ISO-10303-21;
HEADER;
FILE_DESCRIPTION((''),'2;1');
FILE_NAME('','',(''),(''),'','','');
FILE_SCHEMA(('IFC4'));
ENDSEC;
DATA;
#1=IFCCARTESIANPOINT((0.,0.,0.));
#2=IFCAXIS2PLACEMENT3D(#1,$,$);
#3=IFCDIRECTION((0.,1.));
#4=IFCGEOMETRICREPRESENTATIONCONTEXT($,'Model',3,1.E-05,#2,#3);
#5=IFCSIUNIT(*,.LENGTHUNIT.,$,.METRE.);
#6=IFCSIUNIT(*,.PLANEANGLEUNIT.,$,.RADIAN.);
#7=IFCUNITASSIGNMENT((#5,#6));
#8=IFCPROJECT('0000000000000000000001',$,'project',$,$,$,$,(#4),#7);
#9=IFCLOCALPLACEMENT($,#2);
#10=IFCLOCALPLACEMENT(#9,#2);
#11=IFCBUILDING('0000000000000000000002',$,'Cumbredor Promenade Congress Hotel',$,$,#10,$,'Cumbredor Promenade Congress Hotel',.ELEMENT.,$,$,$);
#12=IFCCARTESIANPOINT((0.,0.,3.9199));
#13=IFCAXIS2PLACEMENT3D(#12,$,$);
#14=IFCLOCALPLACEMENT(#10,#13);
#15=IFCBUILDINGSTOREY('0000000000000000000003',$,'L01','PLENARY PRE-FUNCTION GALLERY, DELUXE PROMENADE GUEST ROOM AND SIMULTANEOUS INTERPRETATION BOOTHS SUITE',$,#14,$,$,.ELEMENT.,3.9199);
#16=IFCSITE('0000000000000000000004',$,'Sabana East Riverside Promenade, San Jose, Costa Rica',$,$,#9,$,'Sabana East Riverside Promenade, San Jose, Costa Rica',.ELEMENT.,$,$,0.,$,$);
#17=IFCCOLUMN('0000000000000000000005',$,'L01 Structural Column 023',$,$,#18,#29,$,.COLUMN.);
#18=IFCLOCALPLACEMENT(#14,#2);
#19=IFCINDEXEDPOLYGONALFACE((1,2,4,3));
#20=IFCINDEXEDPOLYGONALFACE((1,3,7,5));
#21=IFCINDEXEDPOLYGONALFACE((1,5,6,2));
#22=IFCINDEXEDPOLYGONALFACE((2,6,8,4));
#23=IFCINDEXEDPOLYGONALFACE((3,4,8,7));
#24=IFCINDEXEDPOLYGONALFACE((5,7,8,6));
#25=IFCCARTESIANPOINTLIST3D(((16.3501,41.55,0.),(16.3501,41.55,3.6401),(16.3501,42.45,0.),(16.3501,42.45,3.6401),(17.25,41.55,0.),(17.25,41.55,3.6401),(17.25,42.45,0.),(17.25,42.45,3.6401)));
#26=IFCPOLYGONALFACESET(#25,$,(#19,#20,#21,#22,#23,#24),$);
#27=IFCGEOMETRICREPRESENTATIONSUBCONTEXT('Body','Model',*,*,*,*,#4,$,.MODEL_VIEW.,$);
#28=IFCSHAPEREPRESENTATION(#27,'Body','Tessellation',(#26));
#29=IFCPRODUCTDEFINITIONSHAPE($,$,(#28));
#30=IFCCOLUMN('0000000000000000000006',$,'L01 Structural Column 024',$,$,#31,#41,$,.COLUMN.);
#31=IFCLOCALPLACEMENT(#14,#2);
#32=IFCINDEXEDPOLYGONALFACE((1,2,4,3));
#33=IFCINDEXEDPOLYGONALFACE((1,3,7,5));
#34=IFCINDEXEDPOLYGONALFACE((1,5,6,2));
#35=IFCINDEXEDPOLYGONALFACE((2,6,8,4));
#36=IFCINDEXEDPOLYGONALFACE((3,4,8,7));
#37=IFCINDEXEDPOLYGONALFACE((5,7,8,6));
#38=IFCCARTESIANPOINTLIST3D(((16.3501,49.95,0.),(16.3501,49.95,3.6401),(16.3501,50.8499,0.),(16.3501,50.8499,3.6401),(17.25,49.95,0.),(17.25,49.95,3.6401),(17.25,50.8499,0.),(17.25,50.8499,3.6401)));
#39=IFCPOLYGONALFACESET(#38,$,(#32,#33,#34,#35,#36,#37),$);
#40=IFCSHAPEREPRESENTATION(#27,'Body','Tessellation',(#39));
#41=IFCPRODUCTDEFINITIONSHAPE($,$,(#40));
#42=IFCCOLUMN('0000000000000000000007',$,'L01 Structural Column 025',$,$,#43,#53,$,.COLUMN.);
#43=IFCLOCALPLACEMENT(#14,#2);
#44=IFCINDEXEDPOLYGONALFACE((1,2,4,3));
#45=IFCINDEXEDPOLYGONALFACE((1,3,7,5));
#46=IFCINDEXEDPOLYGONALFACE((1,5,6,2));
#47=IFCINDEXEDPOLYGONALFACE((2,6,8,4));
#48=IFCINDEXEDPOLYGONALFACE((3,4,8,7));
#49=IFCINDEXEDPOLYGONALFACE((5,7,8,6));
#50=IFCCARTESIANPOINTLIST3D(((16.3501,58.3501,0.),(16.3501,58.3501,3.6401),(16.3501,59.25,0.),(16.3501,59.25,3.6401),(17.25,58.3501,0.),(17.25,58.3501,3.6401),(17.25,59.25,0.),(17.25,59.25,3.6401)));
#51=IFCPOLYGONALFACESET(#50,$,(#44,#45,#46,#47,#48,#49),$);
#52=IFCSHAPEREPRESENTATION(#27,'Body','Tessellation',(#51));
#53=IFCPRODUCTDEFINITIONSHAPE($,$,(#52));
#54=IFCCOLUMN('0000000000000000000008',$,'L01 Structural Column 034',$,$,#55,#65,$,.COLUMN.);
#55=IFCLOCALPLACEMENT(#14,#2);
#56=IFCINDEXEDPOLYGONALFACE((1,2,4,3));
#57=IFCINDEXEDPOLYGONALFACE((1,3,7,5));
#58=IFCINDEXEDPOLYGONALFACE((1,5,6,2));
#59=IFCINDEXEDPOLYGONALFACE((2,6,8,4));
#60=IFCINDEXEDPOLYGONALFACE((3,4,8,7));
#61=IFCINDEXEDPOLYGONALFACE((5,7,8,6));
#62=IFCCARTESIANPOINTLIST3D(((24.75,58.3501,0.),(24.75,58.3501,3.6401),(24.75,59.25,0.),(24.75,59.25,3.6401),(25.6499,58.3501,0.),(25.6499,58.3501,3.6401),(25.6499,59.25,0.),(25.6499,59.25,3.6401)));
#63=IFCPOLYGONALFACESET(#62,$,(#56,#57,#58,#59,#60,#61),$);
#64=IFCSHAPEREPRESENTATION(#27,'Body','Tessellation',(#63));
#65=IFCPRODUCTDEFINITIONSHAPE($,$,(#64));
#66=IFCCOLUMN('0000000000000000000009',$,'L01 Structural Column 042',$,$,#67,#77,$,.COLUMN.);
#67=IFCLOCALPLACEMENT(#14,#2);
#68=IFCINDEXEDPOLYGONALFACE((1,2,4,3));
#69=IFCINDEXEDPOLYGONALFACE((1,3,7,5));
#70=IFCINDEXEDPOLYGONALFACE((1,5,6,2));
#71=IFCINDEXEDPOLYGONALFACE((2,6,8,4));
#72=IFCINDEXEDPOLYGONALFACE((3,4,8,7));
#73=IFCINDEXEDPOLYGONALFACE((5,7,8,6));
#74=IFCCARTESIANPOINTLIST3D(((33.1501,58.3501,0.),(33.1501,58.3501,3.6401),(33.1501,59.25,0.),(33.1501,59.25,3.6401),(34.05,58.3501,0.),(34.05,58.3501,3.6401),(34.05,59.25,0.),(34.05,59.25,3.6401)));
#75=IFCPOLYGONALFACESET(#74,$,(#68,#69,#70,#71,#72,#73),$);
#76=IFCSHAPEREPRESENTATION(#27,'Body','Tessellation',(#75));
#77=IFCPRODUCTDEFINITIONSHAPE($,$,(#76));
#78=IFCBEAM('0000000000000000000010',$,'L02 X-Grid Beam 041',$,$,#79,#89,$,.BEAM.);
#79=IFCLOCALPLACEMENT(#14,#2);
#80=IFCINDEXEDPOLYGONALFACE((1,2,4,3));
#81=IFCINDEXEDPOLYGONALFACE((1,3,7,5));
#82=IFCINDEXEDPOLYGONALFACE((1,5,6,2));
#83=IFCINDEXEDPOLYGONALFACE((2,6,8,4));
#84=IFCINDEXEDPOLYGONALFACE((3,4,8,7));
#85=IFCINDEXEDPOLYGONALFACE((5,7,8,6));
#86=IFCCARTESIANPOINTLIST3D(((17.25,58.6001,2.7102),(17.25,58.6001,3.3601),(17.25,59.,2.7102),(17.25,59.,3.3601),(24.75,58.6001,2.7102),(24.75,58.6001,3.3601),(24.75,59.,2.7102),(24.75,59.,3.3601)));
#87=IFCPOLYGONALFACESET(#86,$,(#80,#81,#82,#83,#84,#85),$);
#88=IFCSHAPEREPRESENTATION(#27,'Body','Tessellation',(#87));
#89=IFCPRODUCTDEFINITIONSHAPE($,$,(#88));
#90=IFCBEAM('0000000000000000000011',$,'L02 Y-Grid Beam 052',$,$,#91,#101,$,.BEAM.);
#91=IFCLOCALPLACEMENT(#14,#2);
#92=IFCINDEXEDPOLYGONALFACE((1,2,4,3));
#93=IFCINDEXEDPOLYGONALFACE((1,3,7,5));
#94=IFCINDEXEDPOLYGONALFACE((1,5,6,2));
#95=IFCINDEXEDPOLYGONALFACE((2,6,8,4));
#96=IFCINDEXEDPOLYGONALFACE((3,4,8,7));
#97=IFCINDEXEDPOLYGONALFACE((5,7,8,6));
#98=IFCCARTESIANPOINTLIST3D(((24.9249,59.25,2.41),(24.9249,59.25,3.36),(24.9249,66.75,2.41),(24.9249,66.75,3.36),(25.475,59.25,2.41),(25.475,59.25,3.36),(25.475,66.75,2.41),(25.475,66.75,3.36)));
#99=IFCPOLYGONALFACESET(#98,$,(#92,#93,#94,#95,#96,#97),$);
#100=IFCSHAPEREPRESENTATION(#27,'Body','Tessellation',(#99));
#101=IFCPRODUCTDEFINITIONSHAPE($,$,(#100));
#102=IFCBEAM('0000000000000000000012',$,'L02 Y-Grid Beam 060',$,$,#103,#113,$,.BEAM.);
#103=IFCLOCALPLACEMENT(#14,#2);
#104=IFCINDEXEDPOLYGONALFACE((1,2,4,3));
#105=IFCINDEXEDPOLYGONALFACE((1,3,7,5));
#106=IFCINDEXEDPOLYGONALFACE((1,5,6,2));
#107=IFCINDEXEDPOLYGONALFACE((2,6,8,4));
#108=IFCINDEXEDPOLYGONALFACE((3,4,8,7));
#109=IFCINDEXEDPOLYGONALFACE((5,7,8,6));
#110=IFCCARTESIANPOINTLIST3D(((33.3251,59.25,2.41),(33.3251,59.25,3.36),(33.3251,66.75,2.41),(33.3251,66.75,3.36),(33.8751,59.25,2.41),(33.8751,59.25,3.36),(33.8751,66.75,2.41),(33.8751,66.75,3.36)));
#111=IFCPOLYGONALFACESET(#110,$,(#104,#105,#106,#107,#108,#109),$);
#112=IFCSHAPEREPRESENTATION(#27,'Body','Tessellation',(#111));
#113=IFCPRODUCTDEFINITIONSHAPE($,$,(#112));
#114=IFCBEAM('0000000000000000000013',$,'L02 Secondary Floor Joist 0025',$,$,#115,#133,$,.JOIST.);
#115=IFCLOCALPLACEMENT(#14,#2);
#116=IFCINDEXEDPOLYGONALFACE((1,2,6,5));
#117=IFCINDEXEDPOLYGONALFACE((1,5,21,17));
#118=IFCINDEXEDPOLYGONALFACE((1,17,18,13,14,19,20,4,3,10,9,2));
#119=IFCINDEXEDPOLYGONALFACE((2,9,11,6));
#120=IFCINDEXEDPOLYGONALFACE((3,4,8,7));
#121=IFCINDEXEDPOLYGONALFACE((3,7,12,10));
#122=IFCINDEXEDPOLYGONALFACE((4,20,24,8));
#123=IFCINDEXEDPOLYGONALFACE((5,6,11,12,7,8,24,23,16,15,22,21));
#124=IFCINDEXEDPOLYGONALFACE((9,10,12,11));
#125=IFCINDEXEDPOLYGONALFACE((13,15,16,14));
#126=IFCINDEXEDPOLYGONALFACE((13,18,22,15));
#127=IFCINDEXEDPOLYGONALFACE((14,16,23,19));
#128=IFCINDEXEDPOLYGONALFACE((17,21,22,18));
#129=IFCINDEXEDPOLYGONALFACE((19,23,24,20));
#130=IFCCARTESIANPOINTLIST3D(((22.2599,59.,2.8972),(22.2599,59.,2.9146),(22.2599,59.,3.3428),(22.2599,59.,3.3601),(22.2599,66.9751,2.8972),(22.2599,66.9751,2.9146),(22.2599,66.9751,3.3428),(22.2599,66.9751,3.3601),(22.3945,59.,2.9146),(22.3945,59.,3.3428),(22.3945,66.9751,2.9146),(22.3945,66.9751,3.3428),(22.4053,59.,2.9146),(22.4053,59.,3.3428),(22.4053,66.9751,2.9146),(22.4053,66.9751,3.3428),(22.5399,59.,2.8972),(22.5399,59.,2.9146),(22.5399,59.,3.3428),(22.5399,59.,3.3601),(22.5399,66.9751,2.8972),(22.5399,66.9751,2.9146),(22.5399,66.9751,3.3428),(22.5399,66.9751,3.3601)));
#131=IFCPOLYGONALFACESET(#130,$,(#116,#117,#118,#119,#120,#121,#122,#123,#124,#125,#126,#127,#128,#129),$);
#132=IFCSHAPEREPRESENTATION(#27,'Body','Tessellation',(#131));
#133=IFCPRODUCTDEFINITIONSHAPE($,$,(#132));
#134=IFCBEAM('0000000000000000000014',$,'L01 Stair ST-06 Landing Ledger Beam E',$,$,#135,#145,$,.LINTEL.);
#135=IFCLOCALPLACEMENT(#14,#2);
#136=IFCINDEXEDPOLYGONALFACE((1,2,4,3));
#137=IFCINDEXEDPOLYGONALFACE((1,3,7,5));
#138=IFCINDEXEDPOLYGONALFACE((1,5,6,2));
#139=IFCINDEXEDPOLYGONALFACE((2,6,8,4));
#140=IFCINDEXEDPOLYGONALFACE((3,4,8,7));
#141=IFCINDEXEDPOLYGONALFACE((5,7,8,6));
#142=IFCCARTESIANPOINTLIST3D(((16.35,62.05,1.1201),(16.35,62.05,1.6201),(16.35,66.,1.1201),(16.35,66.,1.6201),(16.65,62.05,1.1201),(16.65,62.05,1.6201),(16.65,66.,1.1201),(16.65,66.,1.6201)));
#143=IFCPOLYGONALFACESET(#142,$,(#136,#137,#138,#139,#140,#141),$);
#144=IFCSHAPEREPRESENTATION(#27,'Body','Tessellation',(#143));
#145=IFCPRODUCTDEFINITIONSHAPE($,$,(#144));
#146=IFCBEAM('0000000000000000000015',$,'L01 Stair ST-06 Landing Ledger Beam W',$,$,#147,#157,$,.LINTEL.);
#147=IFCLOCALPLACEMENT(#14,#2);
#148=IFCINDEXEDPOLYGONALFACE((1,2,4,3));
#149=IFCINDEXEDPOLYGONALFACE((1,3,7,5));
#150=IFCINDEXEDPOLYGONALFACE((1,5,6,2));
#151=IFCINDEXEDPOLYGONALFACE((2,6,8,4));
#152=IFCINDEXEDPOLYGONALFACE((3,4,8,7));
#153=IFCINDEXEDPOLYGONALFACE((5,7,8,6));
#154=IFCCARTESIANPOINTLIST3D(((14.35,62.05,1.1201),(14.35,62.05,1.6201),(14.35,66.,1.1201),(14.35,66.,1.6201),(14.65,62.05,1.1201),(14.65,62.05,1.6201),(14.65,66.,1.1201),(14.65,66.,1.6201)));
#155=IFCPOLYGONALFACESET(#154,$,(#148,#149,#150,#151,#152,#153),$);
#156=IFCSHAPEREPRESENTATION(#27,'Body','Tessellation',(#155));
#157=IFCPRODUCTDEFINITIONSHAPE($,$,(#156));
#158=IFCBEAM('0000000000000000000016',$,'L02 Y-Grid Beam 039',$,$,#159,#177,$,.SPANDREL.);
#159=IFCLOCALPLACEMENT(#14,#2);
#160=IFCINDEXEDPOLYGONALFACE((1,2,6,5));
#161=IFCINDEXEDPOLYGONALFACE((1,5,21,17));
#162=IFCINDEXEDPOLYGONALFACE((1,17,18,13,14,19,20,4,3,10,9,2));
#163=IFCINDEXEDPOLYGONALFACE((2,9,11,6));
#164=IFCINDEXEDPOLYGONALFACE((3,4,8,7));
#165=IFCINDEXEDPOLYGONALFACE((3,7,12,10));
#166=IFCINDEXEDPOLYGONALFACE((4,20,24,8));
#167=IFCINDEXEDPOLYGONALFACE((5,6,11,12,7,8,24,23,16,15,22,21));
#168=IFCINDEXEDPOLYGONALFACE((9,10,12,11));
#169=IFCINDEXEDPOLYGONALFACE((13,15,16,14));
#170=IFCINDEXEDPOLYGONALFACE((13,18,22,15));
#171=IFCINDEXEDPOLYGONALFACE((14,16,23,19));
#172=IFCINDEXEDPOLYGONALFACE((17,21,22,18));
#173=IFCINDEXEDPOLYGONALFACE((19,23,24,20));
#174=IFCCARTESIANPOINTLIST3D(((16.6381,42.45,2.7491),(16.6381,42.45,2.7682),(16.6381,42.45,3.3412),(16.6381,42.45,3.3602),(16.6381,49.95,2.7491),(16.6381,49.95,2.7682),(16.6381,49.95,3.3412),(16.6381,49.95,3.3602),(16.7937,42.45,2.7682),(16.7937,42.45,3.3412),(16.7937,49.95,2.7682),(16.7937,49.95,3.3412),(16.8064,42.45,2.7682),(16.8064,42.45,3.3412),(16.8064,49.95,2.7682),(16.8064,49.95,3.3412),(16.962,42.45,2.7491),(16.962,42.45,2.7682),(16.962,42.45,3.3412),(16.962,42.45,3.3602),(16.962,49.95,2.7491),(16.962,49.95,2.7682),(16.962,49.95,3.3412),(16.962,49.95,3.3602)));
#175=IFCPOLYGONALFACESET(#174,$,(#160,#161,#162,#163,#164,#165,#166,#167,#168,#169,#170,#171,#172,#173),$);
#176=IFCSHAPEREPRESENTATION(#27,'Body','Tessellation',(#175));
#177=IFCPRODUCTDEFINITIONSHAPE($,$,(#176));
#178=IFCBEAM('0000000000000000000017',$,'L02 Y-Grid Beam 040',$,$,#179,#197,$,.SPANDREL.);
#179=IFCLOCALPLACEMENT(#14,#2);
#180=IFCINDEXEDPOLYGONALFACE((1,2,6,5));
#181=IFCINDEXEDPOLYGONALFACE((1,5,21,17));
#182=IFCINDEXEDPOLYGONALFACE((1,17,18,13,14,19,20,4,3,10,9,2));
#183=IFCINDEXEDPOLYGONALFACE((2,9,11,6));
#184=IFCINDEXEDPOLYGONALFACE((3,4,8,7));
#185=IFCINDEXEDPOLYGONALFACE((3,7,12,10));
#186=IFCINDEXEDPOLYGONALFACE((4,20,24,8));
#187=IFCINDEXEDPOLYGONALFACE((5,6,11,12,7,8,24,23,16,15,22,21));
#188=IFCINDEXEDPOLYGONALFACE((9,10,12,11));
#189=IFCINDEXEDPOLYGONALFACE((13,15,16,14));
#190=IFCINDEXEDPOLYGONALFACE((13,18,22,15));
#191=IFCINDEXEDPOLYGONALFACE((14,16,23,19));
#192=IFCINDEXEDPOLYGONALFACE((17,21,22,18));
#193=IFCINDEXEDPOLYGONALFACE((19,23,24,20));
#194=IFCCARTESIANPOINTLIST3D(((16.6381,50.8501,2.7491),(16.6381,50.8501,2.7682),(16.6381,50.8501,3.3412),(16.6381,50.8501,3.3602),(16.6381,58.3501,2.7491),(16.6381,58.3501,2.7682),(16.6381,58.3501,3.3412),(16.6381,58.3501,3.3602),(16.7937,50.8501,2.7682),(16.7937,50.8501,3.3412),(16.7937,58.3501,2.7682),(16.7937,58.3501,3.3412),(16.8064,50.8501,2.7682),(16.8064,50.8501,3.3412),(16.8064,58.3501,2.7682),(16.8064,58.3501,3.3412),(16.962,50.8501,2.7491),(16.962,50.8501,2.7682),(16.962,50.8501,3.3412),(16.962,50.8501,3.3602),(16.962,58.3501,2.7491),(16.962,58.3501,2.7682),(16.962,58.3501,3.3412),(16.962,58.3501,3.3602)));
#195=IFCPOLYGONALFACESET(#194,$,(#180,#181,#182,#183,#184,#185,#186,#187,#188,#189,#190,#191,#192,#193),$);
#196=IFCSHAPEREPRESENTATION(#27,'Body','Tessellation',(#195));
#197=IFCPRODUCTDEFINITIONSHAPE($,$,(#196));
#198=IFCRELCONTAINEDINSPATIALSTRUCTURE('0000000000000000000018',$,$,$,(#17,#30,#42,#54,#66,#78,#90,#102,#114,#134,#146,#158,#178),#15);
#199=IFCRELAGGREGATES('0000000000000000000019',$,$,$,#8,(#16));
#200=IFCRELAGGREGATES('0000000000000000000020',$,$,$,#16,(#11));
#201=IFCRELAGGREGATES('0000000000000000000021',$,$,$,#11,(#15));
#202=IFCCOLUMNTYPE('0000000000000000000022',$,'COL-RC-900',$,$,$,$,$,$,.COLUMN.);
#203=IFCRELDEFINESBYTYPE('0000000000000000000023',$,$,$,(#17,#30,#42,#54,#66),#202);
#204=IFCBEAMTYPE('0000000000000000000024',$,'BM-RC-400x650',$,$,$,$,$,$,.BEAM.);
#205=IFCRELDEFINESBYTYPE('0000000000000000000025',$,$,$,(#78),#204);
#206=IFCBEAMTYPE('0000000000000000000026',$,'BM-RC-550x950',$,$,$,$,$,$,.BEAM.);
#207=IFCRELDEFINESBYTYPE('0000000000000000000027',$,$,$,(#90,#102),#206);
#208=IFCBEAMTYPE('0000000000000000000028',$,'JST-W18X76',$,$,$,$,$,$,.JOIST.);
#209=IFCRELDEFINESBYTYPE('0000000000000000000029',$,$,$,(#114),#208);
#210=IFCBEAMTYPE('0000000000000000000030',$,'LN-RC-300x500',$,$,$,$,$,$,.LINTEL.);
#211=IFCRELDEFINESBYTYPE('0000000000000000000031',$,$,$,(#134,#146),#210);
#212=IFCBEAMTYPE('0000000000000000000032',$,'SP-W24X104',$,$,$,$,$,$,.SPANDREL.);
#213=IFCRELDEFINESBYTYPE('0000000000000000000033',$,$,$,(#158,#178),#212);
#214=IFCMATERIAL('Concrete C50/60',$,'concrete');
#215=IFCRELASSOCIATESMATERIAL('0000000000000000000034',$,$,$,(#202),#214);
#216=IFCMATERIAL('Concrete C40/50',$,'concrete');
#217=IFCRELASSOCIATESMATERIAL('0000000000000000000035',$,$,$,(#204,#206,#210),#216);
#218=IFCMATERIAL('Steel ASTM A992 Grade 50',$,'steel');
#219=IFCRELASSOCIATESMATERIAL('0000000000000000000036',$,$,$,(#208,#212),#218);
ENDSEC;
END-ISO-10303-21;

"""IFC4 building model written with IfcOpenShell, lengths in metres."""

from ifc_helpers import new_model, si_unit, direction, frame, origin, origin_2d, place, context, subcontext, project, spatial, rectangle, i_section, extrude, material, material_profile, profile_set, type_object, element, save


model = new_model("IFC4")

# Units and contexts
model_context = context("Model", 3, precision=1e-05, world=origin(), true_north=direction((0.0, 1.0)))
body_context = subcontext(model_context, "Body", "Model", "MODEL_VIEW")
ifc_project = project(units=[si_unit("LENGTHUNIT", "METRE"), si_unit("PLANEANGLEUNIT", "RADIAN")], contexts=[model_context])

# Site, building, storey
site_placement = place(None, origin())
site = spatial("IfcSite", under=ifc_project, at=site_placement, Name="Sabana East Riverside Promenade, San Jose, Costa Rica", LongName="Sabana East Riverside Promenade, San Jose, Costa Rica", CompositionType="ELEMENT", RefElevation=0.0)
building_placement = place(site_placement, origin())
building = spatial("IfcBuilding", under=site, at=building_placement, Name="Cumbredor Promenade Congress Hotel", LongName="Cumbredor Promenade Congress Hotel", CompositionType="ELEMENT")
storey_placement = place(building_placement, frame((0.0, 0.0, 3.9199)))
storey = spatial("IfcBuildingStorey", under=building, at=storey_placement, Name="L01", Description="PLENARY PRE-FUNCTION GALLERY, DELUXE PROMENADE GUEST ROOM AND SIMULTANEOUS INTERPRETATION BOOTHS SUITE", CompositionType="ELEMENT", Elevation=3.9199)

# Columns
ifc_material_1 = material(Name="Concrete C50/60", Category="concrete")
ifc_material_profile_1 = material_profile(ifc_material_1, rectangle(XDim=0.8999, YDim=0.8999, at=origin_2d()), Name="RC 900x900")
ifc_profile_set_1 = profile_set([ifc_material_profile_1], Name="Concrete C50/60")
column_type = type_object("IfcColumnType", Name="COL-RC-900", PredefinedType="COLUMN", material=ifc_profile_set_1)
for number, where, z_axis, x_axis, name in (
    (1, (16.8, 42.0, 0.0), (0.0, 0.0, 1.0), (1.0, 0.0, 0.0), "L01 Structural Column 023"),
    (2, (16.8, 50.3999, 0.0), (0.0, 0.0, 1.0), (1.0, 0.0, 0.0), "L01 Structural Column 024"),
    (3, (16.8, 58.8, 0.0), (0.0, 0.0, 1.0), (1.0, 0.0, 0.0), "L01 Structural Column 025"),
    (4, (25.2, 58.8, 0.0), (0.0, 0.0, 1.0), (1.0, 0.0, 0.0), "L01 Structural Column 034"),
    (5, (33.6001, 58.8, 0.0), (0.0, 0.0, 1.0), (1.0, 0.0, 0.0), "L01 Structural Column 042"),
):
    element("IfcColumn", number, at=place(storey_placement, frame(where, z_axis=z_axis, x_axis=x_axis)), inside=storey, type_object=column_type, Name=name, PredefinedType="COLUMN", context=body_context, shape_type="SweptSolid", body=[
        extrude(rectangle(XDim=0.8999, YDim=0.8999, at=origin_2d()), origin(), (0.0, 0.0, 1.0), 3.6401),
    ])

# Beams
ifc_material_2 = material(Name="Concrete C40/50", Category="concrete")
ifc_material_profile_2 = material_profile(ifc_material_2, rectangle(XDim=0.3999, YDim=0.6499, at=origin_2d()), Name="RC BEAM 400x650")
ifc_profile_set_2 = profile_set([ifc_material_profile_2], Name="Concrete C40/50")
beam_type_1 = type_object("IfcBeamType", Name="BM-RC-400x650", PredefinedType="BEAM", material=ifc_profile_set_2)
beam_1_placement = place(storey_placement, frame((17.25, 58.8, 3.0352), z_axis=(1.0, 0.0, 0.0), x_axis=(0.0, 1.0, 0.0)))
element("IfcBeam", 6, at=beam_1_placement, inside=storey, type_object=beam_type_1, Name="L02 X-Grid Beam 041", PredefinedType="BEAM", context=body_context, shape_type="SweptSolid", body=[
    extrude(rectangle(XDim=0.3999, YDim=0.6499, at=origin_2d()), origin(), (0.0, 0.0, 1.0), 7.5),
])
ifc_material_profile_3 = material_profile(ifc_material_2, rectangle(XDim=0.55, YDim=0.95, at=origin_2d()), Name="RC BEAM 550x950")
ifc_profile_set_3 = profile_set([ifc_material_profile_3], Name="Concrete C40/50")
beam_type_2 = type_object("IfcBeamType", Name="BM-RC-550x950", PredefinedType="BEAM", material=ifc_profile_set_3)
for number, where, z_axis, x_axis, name in (
    (7, (25.2, 59.25, 2.885), (0.0, 1.0, 0.0), (-1.0, 0.0, 0.0), "L02 Y-Grid Beam 052"),
    (8, (33.6001, 59.25, 2.885), (0.0, 1.0, 0.0), (-1.0, 0.0, 0.0), "L02 Y-Grid Beam 060"),
):
    element("IfcBeam", number, at=place(storey_placement, frame(where, z_axis=z_axis, x_axis=x_axis)), inside=storey, type_object=beam_type_2, Name=name, PredefinedType="BEAM", context=body_context, shape_type="SweptSolid", body=[
        extrude(rectangle(XDim=0.55, YDim=0.95, at=origin_2d()), origin(), (0.0, 0.0, 1.0), 7.5),
    ])
ifc_material_3 = material(Name="Steel ASTM A992 Grade 50", Category="steel")
ifc_material_profile_4 = material_profile(ifc_material_3, i_section(OverallWidth=0.28, OverallDepth=0.4629, WebThickness=0.0107, FlangeThickness=0.0173, at=origin_2d()), Name="W18X76")
ifc_profile_set_4 = profile_set([ifc_material_profile_4], Name="Steel ASTM A992 Grade 50")
beam_type_3 = type_object("IfcBeamType", Name="JST-W18X76", PredefinedType="JOIST", material=ifc_profile_set_4)
beam_2_placement = place(storey_placement, frame((22.3999, 59.0, 3.1287), z_axis=(0.0, 1.0, 0.0), x_axis=(-1.0, 0.0, 0.0)))
element("IfcBeam", 9, at=beam_2_placement, inside=storey, type_object=beam_type_3, Name="L02 Secondary Floor Joist 0025", PredefinedType="JOIST", context=body_context, shape_type="SweptSolid", body=[
    extrude(i_section(OverallWidth=0.28, OverallDepth=0.4629, WebThickness=0.0107, FlangeThickness=0.0173, at=origin_2d()), origin(), (0.0, 0.0, 1.0), 7.9751),
])
ifc_material_profile_5 = material_profile(ifc_material_2, rectangle(XDim=0.3, YDim=0.5, at=origin_2d()), Name="RC LINTEL 300x500")
ifc_profile_set_5 = profile_set([ifc_material_profile_5], Name="Concrete C40/50")
beam_type_4 = type_object("IfcBeamType", Name="LN-RC-300x500", PredefinedType="LINTEL", material=ifc_profile_set_5)
for number, where, z_axis, x_axis, name in (
    (10, (16.5, 62.05, 1.3701), (0.0, 1.0, 0.0), (-1.0, 0.0, 0.0), "L01 Stair ST-06 Landing Ledger Beam E"),
    (11, (14.5, 62.05, 1.3701), (0.0, 1.0, 0.0), (-1.0, 0.0, 0.0), "L01 Stair ST-06 Landing Ledger Beam W"),
):
    element("IfcBeam", number, at=place(storey_placement, frame(where, z_axis=z_axis, x_axis=x_axis)), inside=storey, type_object=beam_type_4, Name=name, PredefinedType="LINTEL", context=body_context, shape_type="SweptSolid", body=[
        extrude(rectangle(XDim=0.3, YDim=0.5, at=origin_2d()), origin(), (0.0, 0.0, 1.0), 3.95),
    ])
ifc_material_profile_6 = material_profile(ifc_material_3, i_section(OverallWidth=0.324, OverallDepth=0.6111, WebThickness=0.0127, FlangeThickness=0.019, at=origin_2d()), Name="W24X104")
ifc_profile_set_6 = profile_set([ifc_material_profile_6], Name="Steel ASTM A992 Grade 50")
beam_type_5 = type_object("IfcBeamType", Name="SP-W24X104", PredefinedType="SPANDREL", material=ifc_profile_set_6)
for number, where, z_axis, x_axis, name in (
    (12, (16.8, 42.45, 3.0547), (0.0, 1.0, 0.0), (-1.0, 0.0, 0.0), "L02 Y-Grid Beam 039"),
    (13, (16.8, 50.8501, 3.0547), (0.0, 1.0, 0.0), (-1.0, 0.0, 0.0), "L02 Y-Grid Beam 040"),
):
    element("IfcBeam", number, at=place(storey_placement, frame(where, z_axis=z_axis, x_axis=x_axis)), inside=storey, type_object=beam_type_5, Name=name, PredefinedType="SPANDREL", context=body_context, shape_type="SweptSolid", body=[
        extrude(i_section(OverallWidth=0.324, OverallDepth=0.6111, WebThickness=0.0127, FlangeThickness=0.019, at=origin_2d()), origin(), (0.0, 0.0, 1.0), 7.5),
    ])

save(model, "model.ifc")
